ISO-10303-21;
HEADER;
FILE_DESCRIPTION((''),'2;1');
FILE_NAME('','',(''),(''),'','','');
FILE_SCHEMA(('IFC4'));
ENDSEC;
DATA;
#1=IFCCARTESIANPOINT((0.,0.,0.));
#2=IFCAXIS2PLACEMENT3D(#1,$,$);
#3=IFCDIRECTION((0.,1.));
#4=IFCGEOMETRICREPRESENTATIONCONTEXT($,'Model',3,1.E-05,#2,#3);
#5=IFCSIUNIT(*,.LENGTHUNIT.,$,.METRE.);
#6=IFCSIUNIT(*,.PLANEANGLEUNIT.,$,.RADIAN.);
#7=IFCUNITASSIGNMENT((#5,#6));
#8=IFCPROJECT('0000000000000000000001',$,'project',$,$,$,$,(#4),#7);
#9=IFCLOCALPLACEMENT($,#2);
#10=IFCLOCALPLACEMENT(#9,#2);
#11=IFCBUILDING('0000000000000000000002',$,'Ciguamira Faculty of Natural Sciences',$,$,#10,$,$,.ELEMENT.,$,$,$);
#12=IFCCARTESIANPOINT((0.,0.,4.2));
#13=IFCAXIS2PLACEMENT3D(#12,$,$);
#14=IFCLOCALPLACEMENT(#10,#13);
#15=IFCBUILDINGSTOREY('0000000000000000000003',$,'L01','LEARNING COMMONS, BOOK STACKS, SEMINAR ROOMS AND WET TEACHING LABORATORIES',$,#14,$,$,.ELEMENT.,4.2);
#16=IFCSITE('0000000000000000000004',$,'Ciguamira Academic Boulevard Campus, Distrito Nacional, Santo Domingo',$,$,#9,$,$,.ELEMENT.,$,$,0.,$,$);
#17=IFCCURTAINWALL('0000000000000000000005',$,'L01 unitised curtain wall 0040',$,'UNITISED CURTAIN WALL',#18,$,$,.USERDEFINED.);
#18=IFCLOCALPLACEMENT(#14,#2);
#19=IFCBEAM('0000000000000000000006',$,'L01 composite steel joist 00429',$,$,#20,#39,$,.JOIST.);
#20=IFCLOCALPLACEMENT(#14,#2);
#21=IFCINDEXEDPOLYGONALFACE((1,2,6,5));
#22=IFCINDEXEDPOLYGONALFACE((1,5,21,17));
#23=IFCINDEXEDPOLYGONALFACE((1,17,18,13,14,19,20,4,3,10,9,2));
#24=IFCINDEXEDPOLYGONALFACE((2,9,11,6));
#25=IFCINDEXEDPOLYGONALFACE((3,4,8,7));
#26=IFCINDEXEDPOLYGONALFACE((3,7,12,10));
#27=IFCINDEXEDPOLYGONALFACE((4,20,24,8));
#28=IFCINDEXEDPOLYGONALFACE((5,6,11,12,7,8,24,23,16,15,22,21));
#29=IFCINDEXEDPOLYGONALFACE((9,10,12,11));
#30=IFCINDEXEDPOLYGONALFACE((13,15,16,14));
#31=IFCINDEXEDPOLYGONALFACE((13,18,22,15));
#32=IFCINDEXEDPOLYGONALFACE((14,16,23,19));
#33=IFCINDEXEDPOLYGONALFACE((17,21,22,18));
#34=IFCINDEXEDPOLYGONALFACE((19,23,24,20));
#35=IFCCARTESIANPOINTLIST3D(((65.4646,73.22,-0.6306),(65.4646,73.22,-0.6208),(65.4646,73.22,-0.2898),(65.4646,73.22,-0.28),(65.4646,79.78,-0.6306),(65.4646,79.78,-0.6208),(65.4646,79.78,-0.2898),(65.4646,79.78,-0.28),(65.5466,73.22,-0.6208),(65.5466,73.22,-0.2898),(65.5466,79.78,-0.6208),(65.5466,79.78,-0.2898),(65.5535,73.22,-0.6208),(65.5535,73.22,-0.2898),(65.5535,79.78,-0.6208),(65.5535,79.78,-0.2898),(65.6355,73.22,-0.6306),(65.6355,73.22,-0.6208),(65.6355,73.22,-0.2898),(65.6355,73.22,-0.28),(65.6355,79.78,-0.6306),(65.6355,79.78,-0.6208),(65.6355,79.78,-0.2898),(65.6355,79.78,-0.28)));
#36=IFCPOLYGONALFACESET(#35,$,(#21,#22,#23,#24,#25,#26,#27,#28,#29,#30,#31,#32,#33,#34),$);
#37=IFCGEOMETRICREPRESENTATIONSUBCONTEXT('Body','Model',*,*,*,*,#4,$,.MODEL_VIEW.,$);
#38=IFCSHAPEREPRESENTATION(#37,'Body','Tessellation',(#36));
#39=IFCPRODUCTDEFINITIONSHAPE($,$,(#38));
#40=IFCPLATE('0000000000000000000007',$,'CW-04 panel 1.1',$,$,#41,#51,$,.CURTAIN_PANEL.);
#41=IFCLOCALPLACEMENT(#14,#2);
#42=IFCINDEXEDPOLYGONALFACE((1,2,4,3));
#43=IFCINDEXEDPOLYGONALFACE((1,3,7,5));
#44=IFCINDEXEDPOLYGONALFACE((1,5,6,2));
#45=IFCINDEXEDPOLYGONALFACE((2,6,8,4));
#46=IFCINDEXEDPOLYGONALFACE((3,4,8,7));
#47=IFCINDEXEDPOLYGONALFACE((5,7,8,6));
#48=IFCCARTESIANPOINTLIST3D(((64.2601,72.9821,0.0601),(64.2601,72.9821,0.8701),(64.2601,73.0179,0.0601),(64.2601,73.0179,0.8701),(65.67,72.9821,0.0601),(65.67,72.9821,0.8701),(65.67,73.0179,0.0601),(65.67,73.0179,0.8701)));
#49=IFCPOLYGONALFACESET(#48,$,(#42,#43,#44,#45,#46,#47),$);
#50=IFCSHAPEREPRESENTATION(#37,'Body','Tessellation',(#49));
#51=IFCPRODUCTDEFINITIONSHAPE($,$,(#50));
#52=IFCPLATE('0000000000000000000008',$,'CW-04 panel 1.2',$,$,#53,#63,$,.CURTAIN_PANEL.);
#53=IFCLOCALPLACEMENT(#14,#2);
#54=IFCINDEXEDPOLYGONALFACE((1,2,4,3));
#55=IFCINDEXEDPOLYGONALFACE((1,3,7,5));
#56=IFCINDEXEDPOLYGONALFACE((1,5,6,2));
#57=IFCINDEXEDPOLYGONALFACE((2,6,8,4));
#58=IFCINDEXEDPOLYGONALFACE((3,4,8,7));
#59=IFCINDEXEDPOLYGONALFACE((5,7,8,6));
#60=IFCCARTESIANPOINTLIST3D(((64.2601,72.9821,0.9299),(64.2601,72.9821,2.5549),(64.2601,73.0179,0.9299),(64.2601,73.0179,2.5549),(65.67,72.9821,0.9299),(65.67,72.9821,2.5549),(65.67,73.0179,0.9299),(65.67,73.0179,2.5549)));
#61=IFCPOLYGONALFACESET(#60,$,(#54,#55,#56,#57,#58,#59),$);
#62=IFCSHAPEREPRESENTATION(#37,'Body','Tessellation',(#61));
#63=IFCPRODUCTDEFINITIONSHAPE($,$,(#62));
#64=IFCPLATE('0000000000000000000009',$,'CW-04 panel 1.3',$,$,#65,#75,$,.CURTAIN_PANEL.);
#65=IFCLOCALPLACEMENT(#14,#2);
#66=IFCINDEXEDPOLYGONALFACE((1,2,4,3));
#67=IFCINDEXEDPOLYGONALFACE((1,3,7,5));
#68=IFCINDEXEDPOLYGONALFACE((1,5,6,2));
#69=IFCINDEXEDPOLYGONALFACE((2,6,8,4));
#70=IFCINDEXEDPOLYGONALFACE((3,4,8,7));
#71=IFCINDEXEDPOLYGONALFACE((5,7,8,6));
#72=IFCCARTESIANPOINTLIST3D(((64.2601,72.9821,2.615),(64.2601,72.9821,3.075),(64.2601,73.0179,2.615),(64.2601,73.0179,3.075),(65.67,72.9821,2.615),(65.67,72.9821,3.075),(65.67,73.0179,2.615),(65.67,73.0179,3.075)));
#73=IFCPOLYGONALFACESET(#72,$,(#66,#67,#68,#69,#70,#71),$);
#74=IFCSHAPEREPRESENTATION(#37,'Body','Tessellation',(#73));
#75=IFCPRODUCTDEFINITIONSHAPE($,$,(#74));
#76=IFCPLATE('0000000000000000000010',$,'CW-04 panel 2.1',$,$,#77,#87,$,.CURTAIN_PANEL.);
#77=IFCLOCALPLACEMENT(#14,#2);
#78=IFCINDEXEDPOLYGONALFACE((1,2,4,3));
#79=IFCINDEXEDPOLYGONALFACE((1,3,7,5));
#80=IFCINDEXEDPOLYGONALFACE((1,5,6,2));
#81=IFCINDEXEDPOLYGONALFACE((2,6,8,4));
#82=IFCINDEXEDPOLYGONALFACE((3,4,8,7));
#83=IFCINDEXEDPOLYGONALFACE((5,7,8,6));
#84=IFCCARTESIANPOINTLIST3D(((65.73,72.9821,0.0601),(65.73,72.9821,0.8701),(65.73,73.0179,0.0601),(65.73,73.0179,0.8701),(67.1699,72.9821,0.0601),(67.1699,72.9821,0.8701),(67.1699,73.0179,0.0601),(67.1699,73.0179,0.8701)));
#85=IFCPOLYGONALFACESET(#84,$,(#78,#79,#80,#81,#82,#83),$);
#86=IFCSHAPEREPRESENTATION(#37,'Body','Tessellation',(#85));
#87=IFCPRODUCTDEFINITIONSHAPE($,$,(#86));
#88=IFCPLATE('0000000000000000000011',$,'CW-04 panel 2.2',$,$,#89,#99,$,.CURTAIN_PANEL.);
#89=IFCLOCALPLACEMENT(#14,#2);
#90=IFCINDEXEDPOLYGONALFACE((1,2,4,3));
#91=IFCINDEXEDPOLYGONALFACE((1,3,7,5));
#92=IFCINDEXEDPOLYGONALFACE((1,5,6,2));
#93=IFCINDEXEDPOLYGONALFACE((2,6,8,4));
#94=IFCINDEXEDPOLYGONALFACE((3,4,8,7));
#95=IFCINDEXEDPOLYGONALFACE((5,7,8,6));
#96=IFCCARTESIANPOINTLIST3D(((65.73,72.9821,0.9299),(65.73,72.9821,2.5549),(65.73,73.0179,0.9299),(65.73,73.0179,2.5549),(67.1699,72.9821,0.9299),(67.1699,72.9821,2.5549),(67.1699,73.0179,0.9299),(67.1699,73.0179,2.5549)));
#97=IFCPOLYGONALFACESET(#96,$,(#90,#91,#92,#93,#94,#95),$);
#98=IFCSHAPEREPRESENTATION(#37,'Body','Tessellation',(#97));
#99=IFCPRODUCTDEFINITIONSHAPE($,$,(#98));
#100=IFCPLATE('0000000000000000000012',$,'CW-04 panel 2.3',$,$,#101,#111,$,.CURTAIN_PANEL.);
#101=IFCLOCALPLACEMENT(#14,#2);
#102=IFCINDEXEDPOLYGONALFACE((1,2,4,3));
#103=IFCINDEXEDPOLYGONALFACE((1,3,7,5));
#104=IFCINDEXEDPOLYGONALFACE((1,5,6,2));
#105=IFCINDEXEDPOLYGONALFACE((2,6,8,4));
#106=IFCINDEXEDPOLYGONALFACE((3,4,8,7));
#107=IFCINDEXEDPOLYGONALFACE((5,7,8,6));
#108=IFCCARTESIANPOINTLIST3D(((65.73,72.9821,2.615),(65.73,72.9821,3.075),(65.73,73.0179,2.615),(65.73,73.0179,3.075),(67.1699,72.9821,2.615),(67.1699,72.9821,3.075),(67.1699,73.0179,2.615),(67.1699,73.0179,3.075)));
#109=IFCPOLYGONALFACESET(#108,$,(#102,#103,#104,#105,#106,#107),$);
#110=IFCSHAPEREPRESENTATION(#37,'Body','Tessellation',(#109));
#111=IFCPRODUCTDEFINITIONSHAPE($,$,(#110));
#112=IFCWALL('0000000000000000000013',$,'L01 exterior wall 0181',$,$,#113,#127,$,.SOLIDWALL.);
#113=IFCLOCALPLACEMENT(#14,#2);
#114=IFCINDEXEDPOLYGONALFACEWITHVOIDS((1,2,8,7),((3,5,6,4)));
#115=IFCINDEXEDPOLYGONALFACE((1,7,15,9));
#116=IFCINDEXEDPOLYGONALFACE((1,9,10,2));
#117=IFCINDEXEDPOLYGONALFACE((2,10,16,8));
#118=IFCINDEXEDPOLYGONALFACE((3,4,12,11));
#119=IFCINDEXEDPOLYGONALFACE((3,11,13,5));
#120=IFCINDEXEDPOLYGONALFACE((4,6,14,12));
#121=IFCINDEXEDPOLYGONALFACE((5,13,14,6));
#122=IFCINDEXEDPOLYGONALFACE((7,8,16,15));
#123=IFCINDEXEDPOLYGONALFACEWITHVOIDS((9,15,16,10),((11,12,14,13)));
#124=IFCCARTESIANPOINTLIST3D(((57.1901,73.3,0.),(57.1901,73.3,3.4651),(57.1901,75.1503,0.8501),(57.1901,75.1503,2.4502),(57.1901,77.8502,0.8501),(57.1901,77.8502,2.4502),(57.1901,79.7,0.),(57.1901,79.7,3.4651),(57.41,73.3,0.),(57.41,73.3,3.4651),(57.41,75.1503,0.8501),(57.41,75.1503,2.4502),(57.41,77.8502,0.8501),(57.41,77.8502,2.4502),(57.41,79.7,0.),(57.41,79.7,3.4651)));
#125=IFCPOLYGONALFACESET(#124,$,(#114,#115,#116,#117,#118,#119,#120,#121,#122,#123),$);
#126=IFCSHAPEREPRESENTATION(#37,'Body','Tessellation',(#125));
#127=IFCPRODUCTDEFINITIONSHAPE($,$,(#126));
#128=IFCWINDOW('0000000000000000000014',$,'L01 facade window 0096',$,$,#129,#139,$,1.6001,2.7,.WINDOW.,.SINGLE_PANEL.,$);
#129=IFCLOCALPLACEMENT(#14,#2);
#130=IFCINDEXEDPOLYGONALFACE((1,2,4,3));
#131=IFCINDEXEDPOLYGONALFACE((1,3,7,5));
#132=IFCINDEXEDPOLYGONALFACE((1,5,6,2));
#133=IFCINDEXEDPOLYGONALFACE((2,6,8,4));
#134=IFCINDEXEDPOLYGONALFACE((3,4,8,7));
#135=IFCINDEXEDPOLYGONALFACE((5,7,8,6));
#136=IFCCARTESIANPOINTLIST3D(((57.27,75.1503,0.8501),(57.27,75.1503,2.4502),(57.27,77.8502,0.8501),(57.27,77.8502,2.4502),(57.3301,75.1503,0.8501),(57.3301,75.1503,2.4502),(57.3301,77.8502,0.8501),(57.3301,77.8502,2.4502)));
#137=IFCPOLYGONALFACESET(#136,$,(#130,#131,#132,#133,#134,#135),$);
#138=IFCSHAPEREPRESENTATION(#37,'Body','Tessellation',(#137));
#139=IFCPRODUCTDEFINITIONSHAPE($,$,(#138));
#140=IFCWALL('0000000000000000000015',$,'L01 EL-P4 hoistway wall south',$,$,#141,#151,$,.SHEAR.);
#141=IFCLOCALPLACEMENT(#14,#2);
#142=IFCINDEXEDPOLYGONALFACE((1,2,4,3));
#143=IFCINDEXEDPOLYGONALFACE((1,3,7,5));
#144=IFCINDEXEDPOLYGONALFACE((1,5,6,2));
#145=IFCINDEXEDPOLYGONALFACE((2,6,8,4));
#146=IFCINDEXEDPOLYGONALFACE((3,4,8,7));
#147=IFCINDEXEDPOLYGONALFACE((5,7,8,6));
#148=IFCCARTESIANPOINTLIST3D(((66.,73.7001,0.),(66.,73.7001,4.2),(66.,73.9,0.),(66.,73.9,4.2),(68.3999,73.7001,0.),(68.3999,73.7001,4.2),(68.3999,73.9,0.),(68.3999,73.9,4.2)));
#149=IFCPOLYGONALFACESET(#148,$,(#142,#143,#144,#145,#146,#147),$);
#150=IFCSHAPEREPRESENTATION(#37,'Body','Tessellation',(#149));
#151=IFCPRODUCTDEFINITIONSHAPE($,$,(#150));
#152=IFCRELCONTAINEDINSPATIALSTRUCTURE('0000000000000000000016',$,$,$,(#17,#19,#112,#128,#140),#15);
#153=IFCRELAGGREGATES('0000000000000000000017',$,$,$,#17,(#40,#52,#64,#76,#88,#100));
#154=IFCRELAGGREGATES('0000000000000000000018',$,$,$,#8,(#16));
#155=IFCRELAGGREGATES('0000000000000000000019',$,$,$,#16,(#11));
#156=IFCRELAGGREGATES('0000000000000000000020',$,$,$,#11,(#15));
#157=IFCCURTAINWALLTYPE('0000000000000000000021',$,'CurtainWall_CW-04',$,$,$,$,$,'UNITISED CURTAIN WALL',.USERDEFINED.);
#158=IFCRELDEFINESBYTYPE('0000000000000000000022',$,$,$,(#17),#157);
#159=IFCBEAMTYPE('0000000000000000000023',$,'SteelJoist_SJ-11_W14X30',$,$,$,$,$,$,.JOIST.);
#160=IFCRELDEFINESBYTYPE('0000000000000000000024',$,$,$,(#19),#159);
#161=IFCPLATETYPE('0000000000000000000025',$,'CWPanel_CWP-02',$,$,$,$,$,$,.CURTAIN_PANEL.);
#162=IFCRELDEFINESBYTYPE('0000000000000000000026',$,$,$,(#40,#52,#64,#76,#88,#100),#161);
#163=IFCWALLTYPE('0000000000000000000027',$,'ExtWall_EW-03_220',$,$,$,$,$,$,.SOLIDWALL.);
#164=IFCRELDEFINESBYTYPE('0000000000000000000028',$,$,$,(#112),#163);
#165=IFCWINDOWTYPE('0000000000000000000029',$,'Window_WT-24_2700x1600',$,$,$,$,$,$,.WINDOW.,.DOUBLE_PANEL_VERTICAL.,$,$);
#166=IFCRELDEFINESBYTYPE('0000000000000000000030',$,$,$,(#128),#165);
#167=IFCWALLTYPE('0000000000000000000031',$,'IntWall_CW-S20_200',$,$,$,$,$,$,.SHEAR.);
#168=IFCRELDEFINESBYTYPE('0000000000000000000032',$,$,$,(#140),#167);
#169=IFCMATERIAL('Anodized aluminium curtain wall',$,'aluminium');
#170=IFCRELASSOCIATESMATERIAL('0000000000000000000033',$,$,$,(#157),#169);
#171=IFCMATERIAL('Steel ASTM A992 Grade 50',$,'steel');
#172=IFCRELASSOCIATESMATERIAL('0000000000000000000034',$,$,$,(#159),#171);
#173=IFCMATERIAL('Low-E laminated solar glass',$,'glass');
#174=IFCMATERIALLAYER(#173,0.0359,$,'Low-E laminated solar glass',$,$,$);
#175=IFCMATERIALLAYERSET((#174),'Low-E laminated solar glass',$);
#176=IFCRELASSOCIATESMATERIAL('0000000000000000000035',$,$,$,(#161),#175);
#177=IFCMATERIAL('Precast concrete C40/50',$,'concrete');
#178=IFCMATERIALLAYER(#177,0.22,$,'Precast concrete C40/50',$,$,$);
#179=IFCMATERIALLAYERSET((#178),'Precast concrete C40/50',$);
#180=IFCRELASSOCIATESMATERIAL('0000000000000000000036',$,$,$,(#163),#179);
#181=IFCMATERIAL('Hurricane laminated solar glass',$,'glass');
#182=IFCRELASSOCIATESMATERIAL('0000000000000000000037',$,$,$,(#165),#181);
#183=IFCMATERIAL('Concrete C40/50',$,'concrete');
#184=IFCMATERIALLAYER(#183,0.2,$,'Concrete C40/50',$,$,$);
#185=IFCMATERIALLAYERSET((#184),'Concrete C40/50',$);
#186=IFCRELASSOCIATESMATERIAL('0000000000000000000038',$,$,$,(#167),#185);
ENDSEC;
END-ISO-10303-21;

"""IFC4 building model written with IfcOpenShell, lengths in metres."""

from ifc_helpers import new_model, si_unit, direction, frame, frame_2d, origin, origin_2d, place, context, subcontext, project, spatial, rectangle, i_section, extrude, material, layer, layer_set, material_profile, profile_set, type_object, element, fill, aggregate, save


model = new_model("IFC4")

# Units and contexts
model_context = context("Model", 3, precision=1e-05, world=origin(), true_north=direction((0.0, 1.0)))
body_context = subcontext(model_context, "Body", "Model", "MODEL_VIEW")
ifc_project = project(units=[si_unit("LENGTHUNIT", "METRE"), si_unit("PLANEANGLEUNIT", "RADIAN")], contexts=[model_context])

# Site, building, storey
site_placement = place(None, origin())
site = spatial("IfcSite", under=ifc_project, at=site_placement, Name="Ciguamira Academic Boulevard Campus, Distrito Nacional, Santo Domingo", CompositionType="ELEMENT", RefElevation=0.0)
building_placement = place(site_placement, origin())
building = spatial("IfcBuilding", under=site, at=building_placement, Name="Ciguamira Faculty of Natural Sciences", CompositionType="ELEMENT")
storey_placement = place(building_placement, frame((0.0, 0.0, 4.2)))
storey = spatial("IfcBuildingStorey", under=building, at=storey_placement, Name="L01", Description="LEARNING COMMONS, BOOK STACKS, SEMINAR ROOMS AND WET TEACHING LABORATORIES", CompositionType="ELEMENT", Elevation=4.2)

# Curtain wall
ifc_material_1 = material(Name="Anodized aluminium curtain wall", Category="aluminium")
curtain_wall_type = type_object("IfcCurtainWallType", Name="CurtainWall_CW-04", ElementType="UNITISED CURTAIN WALL", PredefinedType="USERDEFINED", material=ifc_material_1)
curtain_wall_placement = place(storey_placement, origin())
curtain_wall = element("IfcCurtainWall", 1, at=curtain_wall_placement, inside=storey, type_object=curtain_wall_type, Name="L01 unitised curtain wall 0040", ObjectType="UNITISED CURTAIN WALL", PredefinedType="USERDEFINED")

# Beam
ifc_material_2 = material(Name="Concrete C40/50", Category="concrete")
ifc_material_3 = material(Name="Precast concrete C40/50", Category="concrete")
ifc_material_4 = material(Name="Steel ASTM A992 Grade 50", Category="steel")
ifc_material_profile_1 = material_profile(ifc_material_4, i_section(OverallWidth=0.1709, OverallDepth=0.3506, WebThickness=0.0068, FlangeThickness=0.0098, at=origin_2d()), Name="W14X30")
ifc_profile_set_1 = profile_set([ifc_material_profile_1], Name="Steel ASTM A992 Grade 50")
beam_type_1 = type_object("IfcBeamType", Name="SteelJoist_SJ-11_W14X30", PredefinedType="JOIST", material=ifc_profile_set_1)
beam_1_placement = place(storey_placement, frame((65.55, 73.22, -0.4553), z_axis=(0.0, 1.0, 0.0), x_axis=(-1.0, 0.0, 0.0)))
element("IfcBeam", 2, at=beam_1_placement, inside=storey, type_object=beam_type_1, Name="L01 composite steel joist 00429", PredefinedType="JOIST", context=body_context, shape_type="SweptSolid", body=[
    extrude(i_section(OverallWidth=0.1709, OverallDepth=0.3506, WebThickness=0.0068, FlangeThickness=0.0098, at=origin_2d()), origin(), (0.0, 0.0, 1.0), 6.5601),
])

# Plates
ifc_material_5 = material(Name="Low-E laminated solar glass", Category="glass")
ifc_layer_1 = layer(ifc_material_5, 0.0359, Name="Low-E laminated solar glass")
ifc_layer_set_1 = layer_set([ifc_layer_1], Name="Low-E laminated solar glass")
plate_type = type_object("IfcPlateType", Name="CWPanel_CWP-02", PredefinedType="CURTAIN_PANEL", material=ifc_layer_set_1)
plate_1_placement = place(storey_placement, frame((64.9651, 73.0, 0.0601), z_axis=(0.0, 0.0, 1.0), x_axis=(1.0, 0.0, 0.0)))
plate_1 = element("IfcPlate", 3, at=plate_1_placement, type_object=plate_type, Name="CW-04 panel 1.1", PredefinedType="CURTAIN_PANEL", context=body_context, shape_type="SweptSolid", body=[
    extrude(rectangle(XDim=1.4099, YDim=0.0359, at=origin_2d()), origin(), (0.0, 0.0, 1.0), 0.8101),
])
plate_2_placement = place(storey_placement, frame((64.9651, 73.0, 0.9299), z_axis=(0.0, 0.0, 1.0), x_axis=(1.0, 0.0, 0.0)))
plate_2 = element("IfcPlate", 4, at=plate_2_placement, type_object=plate_type, Name="CW-04 panel 1.2", PredefinedType="CURTAIN_PANEL", context=body_context, shape_type="SweptSolid", body=[
    extrude(rectangle(XDim=1.4099, YDim=0.0359, at=origin_2d()), origin(), (0.0, 0.0, 1.0), 1.625),
])
plate_3_placement = place(storey_placement, frame((64.9651, 73.0, 2.615), z_axis=(0.0, 0.0, 1.0), x_axis=(1.0, 0.0, 0.0)))
plate_3 = element("IfcPlate", 5, at=plate_3_placement, type_object=plate_type, Name="CW-04 panel 1.3", PredefinedType="CURTAIN_PANEL", context=body_context, shape_type="SweptSolid", body=[
    extrude(rectangle(XDim=1.4099, YDim=0.0359, at=origin_2d()), origin(), (0.0, 0.0, 1.0), 0.46),
])
plate_4_placement = place(storey_placement, frame((66.45, 73.0, 0.0601), z_axis=(0.0, 0.0, 1.0), x_axis=(1.0, 0.0, 0.0)))
plate_4 = element("IfcPlate", 6, at=plate_4_placement, type_object=plate_type, Name="CW-04 panel 2.1", PredefinedType="CURTAIN_PANEL", context=body_context, shape_type="SweptSolid", body=[
    extrude(rectangle(XDim=1.4399, YDim=0.0359, at=origin_2d()), origin(), (0.0, 0.0, 1.0), 0.8101),
])
plate_5_placement = place(storey_placement, frame((66.45, 73.0, 0.9299), z_axis=(0.0, 0.0, 1.0), x_axis=(1.0, 0.0, 0.0)))
plate_5 = element("IfcPlate", 7, at=plate_5_placement, type_object=plate_type, Name="CW-04 panel 2.2", PredefinedType="CURTAIN_PANEL", context=body_context, shape_type="SweptSolid", body=[
    extrude(rectangle(XDim=1.4399, YDim=0.0359, at=origin_2d()), origin(), (0.0, 0.0, 1.0), 1.625),
])
plate_6_placement = place(storey_placement, frame((66.45, 73.0, 2.615), z_axis=(0.0, 0.0, 1.0), x_axis=(1.0, 0.0, 0.0)))
plate_6 = element("IfcPlate", 8, at=plate_6_placement, type_object=plate_type, Name="CW-04 panel 2.3", PredefinedType="CURTAIN_PANEL", context=body_context, shape_type="SweptSolid", body=[
    extrude(rectangle(XDim=1.4399, YDim=0.0359, at=origin_2d()), origin(), (0.0, 0.0, 1.0), 0.46),
])
aggregate(curtain_wall, [plate_1, plate_2, plate_3, plate_4, plate_5, plate_6])

# Wall, opening, window
ifc_layer_2 = layer(ifc_material_3, 0.22, Name="Precast concrete C40/50")
ifc_layer_set_2 = layer_set([ifc_layer_2], Name="Precast concrete C40/50")
wall_type_1 = type_object("IfcWallType", Name="ExtWall_EW-03_220", PredefinedType="SOLIDWALL", material=ifc_layer_set_2)
wall_1_placement = place(storey_placement, frame((57.3, 73.3, 0.0), z_axis=(0.0, 0.0, 1.0), x_axis=(0.0, 1.0, 0.0)))
wall_1 = element("IfcWall", 9, at=wall_1_placement, inside=storey, type_object=wall_type_1, Name="L01 exterior wall 0181", PredefinedType="SOLIDWALL", context=body_context, shape_type="SweptSolid", body=[
    extrude(rectangle(XDim=6.3999, YDim=0.22, at=frame_2d((3.2, 0.0))), origin(), (0.0, 0.0, 1.0), 3.4651),
])
opening_placement = place(wall_1_placement, frame((1.8501, 0.0, 0.8501)))
opening = element("IfcOpeningElement", 10, at=opening_placement, cuts=wall_1, PredefinedType="OPENING", context=body_context, shape_type="SweptSolid", body=[
    extrude(rectangle(XDim=2.7, YDim=1.6001, at=frame_2d((1.3501, 0.8))), frame((0.0, 0.1199, 0.0), z_axis=(0.0, -1.0, 0.0), x_axis=(1.0, 0.0, 0.0)), (0.0, 0.0, 1.0), 0.24),
])
ifc_material_6 = material(Name="Hurricane laminated solar glass", Category="glass")
window_type = type_object("IfcWindowType", Name="Window_WT-24_2700x1600", PartitioningType="DOUBLE_PANEL_VERTICAL", PredefinedType="WINDOW", material=ifc_material_6)
window_placement = place(opening_placement, origin())
window = element("IfcWindow", 11, at=window_placement, inside=storey, type_object=window_type, Name="L01 facade window 0096", OverallHeight=1.6001, OverallWidth=2.7, PartitioningType="SINGLE_PANEL", PredefinedType="WINDOW", context=body_context, shape_type="SweptSolid", body=[
    extrude(rectangle(XDim=2.7, YDim=1.6001, at=frame_2d((1.3501, 0.8))), frame((0.0, 0.03, 0.0), z_axis=(0.0, -1.0, 0.0), x_axis=(1.0, 0.0, 0.0)), (0.0, 0.0, 1.0), 0.0601),
])
fill(opening, window)

# Wall
ifc_layer_3 = layer(ifc_material_2, 0.2, Name="Concrete C40/50")
ifc_layer_set_3 = layer_set([ifc_layer_3], Name="Concrete C40/50")
wall_type_2 = type_object("IfcWallType", Name="IntWall_CW-S20_200", PredefinedType="SHEAR", material=ifc_layer_set_3)
wall_2_placement = place(storey_placement, frame((66.0, 73.8, 0.0), z_axis=(0.0, 0.0, 1.0), x_axis=(1.0, 0.0, 0.0)))
element("IfcWall", 12, at=wall_2_placement, inside=storey, type_object=wall_type_2, Name="L01 EL-P4 hoistway wall south", PredefinedType="SHEAR", context=body_context, shape_type="SweptSolid", body=[
    extrude(rectangle(XDim=2.3999, YDim=0.2, at=frame_2d((1.2, 0.0))), origin(), (0.0, 0.0, 1.0), 4.2),
])

save(model, "model.ifc")
